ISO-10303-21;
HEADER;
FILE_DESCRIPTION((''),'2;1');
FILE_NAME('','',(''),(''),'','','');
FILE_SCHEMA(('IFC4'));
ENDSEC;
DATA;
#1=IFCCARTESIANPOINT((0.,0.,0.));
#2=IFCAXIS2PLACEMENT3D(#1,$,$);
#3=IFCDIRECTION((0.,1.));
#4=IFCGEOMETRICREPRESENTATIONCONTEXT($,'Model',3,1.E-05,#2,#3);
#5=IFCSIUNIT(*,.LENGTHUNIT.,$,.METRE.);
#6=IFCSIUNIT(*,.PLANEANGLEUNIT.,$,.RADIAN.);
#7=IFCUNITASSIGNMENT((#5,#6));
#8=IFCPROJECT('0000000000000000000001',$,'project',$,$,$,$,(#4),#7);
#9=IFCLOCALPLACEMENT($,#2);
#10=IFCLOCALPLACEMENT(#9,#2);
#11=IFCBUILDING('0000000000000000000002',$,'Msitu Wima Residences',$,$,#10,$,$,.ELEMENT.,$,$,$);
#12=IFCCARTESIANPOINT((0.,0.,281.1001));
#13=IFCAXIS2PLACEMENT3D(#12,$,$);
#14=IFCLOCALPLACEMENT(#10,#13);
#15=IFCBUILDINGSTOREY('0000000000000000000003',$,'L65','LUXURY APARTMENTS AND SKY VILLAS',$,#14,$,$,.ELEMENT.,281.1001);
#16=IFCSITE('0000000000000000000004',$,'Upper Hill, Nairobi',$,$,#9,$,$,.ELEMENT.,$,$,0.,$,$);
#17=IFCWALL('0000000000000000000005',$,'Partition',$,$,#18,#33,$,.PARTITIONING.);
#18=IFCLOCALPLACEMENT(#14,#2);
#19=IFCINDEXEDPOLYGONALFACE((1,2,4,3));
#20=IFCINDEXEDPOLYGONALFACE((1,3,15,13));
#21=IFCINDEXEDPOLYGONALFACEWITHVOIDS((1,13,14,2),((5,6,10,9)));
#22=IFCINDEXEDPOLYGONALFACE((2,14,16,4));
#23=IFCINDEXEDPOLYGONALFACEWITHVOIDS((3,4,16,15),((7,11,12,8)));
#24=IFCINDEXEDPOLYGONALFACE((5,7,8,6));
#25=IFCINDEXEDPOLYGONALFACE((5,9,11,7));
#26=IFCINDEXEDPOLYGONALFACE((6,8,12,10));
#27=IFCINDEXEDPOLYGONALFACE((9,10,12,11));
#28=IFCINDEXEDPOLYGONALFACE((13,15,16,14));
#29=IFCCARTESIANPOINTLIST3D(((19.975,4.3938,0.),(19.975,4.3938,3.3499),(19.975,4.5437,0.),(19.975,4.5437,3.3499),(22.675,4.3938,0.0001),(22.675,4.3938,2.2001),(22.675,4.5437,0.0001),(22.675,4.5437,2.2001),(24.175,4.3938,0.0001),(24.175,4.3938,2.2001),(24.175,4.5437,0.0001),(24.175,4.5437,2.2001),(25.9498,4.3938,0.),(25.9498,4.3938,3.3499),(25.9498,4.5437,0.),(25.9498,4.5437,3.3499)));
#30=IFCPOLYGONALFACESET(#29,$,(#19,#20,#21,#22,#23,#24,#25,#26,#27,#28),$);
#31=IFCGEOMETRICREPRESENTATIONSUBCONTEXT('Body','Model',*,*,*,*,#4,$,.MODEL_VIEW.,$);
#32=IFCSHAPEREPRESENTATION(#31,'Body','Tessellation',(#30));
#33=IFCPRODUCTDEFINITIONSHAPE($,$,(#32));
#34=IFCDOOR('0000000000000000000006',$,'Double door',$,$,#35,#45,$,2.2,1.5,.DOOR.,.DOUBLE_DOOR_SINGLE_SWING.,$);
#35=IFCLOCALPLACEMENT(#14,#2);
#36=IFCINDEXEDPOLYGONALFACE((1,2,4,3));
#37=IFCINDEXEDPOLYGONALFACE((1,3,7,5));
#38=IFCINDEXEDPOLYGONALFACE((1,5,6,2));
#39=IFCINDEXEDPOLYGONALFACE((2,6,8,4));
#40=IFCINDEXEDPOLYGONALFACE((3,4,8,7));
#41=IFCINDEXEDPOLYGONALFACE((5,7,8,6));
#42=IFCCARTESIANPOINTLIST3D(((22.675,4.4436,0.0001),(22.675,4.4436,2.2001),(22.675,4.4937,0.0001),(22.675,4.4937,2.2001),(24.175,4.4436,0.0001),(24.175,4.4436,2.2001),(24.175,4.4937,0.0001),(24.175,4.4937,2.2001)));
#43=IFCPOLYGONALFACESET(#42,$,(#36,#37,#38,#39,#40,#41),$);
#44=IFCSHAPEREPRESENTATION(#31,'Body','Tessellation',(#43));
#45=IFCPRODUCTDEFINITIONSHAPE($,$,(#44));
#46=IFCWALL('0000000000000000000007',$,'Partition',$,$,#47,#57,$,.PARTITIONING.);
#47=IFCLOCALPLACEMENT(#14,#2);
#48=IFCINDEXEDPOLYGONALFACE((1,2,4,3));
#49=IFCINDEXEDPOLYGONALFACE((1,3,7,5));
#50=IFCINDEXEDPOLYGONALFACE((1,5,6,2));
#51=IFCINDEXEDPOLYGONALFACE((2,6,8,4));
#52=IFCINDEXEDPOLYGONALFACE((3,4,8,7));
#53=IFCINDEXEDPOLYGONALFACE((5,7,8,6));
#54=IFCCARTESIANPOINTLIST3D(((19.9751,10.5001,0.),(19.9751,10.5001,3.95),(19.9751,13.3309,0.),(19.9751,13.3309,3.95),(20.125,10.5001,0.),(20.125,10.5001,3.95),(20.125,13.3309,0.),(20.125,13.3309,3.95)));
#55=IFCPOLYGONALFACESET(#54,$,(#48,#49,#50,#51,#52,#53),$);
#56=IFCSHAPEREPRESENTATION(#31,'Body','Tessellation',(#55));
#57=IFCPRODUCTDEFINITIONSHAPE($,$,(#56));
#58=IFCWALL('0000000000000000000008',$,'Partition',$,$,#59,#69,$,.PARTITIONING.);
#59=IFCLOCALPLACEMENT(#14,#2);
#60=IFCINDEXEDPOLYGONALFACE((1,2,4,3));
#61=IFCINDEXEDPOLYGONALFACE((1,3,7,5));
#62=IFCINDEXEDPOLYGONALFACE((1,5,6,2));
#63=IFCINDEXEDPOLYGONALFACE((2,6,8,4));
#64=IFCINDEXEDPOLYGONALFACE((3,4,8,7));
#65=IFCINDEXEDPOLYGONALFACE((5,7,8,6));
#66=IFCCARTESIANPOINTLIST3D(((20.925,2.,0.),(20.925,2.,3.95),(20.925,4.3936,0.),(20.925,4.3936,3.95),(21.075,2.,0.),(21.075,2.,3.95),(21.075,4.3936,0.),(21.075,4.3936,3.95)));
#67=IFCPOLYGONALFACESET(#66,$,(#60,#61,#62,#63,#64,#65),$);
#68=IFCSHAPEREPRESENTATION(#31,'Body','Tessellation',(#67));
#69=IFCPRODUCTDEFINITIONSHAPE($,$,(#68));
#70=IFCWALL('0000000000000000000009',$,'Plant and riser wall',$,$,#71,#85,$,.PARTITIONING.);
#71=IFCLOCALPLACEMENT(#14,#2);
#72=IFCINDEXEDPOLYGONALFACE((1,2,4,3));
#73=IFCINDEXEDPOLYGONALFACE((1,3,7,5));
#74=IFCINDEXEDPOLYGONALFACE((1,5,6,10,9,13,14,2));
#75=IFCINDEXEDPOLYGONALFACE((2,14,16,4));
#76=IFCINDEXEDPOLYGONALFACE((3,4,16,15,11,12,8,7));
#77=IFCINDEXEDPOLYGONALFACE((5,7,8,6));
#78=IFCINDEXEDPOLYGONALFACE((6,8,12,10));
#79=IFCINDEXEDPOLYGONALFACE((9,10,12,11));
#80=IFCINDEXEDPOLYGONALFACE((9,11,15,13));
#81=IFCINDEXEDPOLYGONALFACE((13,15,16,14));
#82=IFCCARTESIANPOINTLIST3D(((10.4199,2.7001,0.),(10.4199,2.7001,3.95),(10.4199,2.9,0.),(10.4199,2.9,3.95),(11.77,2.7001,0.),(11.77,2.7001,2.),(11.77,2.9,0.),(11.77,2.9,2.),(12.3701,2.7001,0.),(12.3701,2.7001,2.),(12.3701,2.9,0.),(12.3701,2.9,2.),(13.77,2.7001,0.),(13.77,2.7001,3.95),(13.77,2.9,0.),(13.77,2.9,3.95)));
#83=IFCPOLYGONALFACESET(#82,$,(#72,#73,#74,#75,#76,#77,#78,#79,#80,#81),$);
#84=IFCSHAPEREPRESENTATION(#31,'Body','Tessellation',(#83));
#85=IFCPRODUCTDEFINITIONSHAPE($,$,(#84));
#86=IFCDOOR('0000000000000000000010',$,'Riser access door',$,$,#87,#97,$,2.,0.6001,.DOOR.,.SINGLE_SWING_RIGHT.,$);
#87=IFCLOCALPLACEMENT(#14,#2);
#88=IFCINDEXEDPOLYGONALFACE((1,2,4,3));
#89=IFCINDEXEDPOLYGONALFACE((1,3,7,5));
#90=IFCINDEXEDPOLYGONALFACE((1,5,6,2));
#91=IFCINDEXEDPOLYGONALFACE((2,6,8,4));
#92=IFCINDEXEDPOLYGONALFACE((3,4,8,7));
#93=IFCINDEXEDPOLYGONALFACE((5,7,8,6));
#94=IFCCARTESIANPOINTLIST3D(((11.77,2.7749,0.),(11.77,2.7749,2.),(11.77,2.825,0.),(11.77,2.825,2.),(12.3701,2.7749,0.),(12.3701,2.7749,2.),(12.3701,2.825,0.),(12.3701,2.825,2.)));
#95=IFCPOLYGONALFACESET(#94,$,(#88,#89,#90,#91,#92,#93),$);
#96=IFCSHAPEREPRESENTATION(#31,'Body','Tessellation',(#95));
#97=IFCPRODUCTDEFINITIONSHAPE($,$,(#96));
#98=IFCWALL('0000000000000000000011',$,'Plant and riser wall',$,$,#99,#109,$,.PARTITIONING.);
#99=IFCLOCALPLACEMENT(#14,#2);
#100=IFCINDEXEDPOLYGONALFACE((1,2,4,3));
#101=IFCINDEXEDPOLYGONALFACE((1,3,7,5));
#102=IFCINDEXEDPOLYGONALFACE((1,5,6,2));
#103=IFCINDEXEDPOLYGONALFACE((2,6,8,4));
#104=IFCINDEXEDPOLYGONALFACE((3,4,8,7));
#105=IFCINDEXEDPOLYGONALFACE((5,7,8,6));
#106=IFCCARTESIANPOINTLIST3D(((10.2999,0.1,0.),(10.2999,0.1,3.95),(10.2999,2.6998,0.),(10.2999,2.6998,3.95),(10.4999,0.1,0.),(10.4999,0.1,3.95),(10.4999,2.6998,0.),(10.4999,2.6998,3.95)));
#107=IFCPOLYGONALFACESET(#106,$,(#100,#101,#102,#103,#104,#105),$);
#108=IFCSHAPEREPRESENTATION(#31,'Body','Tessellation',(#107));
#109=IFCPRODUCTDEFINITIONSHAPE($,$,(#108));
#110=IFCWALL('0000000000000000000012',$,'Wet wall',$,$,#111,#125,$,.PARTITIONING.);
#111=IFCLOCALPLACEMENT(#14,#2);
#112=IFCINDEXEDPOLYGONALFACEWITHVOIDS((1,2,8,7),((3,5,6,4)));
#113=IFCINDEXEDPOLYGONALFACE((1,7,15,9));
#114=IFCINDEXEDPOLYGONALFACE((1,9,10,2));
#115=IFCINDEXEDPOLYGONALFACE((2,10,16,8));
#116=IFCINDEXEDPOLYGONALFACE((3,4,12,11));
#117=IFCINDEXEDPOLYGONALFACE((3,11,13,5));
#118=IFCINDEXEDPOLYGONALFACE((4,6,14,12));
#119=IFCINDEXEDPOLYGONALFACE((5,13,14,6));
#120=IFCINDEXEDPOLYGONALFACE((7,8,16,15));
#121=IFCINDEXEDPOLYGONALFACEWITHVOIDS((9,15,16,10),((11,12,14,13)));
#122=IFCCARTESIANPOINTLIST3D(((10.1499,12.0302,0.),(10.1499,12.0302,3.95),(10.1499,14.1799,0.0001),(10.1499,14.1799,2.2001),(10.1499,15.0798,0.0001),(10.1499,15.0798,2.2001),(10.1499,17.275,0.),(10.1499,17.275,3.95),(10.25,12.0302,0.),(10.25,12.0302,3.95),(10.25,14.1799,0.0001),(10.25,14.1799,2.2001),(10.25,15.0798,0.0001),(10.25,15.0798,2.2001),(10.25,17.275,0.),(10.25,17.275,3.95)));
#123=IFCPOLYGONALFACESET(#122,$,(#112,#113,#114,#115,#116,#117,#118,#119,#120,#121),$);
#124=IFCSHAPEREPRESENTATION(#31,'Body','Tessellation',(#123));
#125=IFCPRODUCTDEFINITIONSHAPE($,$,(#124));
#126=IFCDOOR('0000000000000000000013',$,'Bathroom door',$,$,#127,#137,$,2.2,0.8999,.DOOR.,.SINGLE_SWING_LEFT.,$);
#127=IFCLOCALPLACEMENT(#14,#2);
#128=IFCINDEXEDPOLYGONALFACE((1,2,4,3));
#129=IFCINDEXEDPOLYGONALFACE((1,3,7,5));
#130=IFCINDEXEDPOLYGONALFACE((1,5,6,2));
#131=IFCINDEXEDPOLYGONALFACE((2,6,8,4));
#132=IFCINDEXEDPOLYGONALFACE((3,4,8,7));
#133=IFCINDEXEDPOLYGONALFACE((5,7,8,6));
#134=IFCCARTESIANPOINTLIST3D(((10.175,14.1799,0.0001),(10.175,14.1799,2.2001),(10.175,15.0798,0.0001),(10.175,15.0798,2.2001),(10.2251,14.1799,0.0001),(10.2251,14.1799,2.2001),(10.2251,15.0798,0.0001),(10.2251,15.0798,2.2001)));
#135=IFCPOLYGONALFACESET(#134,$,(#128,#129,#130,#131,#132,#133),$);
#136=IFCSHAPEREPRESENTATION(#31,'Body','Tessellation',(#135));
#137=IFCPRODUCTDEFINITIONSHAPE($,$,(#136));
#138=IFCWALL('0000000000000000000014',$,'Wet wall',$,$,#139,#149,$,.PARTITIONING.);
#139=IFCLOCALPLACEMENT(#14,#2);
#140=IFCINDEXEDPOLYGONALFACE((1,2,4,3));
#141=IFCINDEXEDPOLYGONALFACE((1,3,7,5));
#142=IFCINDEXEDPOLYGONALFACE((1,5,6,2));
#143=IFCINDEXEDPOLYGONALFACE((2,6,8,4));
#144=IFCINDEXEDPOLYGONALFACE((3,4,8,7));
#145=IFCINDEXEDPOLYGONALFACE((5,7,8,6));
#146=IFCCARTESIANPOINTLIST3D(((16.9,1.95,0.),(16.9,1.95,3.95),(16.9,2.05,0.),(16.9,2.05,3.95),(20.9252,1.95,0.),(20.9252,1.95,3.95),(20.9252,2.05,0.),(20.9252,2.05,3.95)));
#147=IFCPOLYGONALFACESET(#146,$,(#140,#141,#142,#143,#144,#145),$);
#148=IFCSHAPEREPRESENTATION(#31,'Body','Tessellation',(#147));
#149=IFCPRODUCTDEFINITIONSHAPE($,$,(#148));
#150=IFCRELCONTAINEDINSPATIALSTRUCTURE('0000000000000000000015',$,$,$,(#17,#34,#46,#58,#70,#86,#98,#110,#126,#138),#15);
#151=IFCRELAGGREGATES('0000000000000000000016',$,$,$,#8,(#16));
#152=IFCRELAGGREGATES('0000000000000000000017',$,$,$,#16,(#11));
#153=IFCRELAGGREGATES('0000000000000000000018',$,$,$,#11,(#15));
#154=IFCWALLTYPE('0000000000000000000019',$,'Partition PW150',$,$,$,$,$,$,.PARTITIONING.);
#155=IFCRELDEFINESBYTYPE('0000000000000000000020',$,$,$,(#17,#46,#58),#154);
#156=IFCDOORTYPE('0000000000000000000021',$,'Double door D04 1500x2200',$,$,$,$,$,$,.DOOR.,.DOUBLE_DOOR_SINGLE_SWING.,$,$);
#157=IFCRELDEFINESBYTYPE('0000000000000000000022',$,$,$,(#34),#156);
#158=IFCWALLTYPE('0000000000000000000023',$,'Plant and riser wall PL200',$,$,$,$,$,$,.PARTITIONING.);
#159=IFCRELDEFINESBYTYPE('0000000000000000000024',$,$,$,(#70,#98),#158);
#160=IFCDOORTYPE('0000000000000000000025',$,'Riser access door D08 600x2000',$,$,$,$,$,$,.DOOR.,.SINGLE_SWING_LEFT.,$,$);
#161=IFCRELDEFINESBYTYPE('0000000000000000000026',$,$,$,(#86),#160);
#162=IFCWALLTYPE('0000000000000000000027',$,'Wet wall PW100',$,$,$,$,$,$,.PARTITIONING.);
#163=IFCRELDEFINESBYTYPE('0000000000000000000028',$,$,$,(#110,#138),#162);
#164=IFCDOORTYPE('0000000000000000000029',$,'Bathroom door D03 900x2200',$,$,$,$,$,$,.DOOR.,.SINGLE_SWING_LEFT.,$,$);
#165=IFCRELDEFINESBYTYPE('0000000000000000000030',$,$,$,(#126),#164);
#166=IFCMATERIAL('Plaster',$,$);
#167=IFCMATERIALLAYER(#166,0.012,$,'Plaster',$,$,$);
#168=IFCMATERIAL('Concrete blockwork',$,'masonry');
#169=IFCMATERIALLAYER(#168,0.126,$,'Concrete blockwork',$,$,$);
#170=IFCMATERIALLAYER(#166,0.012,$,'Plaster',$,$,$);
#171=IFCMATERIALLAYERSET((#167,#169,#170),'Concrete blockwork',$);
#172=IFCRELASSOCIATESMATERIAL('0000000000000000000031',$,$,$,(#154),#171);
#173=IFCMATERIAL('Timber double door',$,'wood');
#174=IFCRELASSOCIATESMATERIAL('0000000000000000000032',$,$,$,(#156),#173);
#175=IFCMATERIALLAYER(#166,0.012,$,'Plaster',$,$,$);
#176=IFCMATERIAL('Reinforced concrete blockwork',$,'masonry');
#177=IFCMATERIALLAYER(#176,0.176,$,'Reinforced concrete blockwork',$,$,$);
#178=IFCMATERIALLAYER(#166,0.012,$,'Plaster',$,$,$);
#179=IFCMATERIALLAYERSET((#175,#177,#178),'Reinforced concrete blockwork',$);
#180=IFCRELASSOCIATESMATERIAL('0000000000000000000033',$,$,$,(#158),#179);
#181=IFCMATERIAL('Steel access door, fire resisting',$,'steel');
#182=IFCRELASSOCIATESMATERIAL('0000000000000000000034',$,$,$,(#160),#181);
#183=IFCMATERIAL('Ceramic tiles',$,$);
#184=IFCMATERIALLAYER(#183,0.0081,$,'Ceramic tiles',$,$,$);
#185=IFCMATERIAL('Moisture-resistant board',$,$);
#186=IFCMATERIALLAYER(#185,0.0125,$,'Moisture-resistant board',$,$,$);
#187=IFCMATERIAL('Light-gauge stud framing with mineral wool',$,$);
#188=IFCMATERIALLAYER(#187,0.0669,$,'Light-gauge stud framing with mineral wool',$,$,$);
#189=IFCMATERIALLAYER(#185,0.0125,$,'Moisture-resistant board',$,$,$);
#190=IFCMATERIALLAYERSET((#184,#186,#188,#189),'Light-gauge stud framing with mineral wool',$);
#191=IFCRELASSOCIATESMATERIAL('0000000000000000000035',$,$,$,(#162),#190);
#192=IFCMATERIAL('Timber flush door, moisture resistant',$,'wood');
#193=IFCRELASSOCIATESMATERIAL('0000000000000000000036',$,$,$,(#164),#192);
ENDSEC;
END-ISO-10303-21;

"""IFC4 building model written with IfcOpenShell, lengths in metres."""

from ifc_helpers import new_model, si_unit, direction, frame, frame_2d, origin, place, context, subcontext, project, spatial, rectangle, extrude, material, layer, layer_set, type_object, element, fill, save


model = new_model("IFC4")

# Units and contexts
model_context = context("Model", 3, precision=1e-05, world=origin(), true_north=direction((0.0, 1.0)))
body_context = subcontext(model_context, "Body", "Model", "MODEL_VIEW")
ifc_project = project(units=[si_unit("LENGTHUNIT", "METRE"), si_unit("PLANEANGLEUNIT", "RADIAN")], contexts=[model_context])

# Site, building, storey
site_placement = place(None, origin())
site = spatial("IfcSite", under=ifc_project, at=site_placement, Name="Upper Hill, Nairobi", CompositionType="ELEMENT", RefElevation=0.0)
building_placement = place(site_placement, origin())
building = spatial("IfcBuilding", under=site, at=building_placement, Name="Msitu Wima Residences", CompositionType="ELEMENT")
storey_placement = place(building_placement, frame((0.0, 0.0, 281.1001)))
storey = spatial("IfcBuildingStorey", under=building, at=storey_placement, Name="L65", Description="LUXURY APARTMENTS AND SKY VILLAS", CompositionType="ELEMENT", Elevation=281.1001)

# Wall, opening, door
ifc_material_1 = material(Name="Plaster")
ifc_layer_1 = layer(ifc_material_1, 0.012, Name="Plaster")
ifc_material_2 = material(Name="Concrete blockwork", Category="masonry")
ifc_layer_2 = layer(ifc_material_2, 0.126, Name="Concrete blockwork")
ifc_layer_3 = layer(ifc_material_1, 0.012, Name="Plaster")
ifc_layer_set_1 = layer_set([ifc_layer_1, ifc_layer_2, ifc_layer_3], Name="Concrete blockwork")
wall_type_1 = type_object("IfcWallType", Name="Partition PW150", PredefinedType="PARTITIONING", material=ifc_layer_set_1)
wall_1_placement = place(storey_placement, frame((19.9751, 4.4688, 0.0), z_axis=(0.0, 0.0, 1.0), x_axis=(1.0, 0.0, 0.0)))
wall_1 = element("IfcWall", 1, at=wall_1_placement, inside=storey, type_object=wall_type_1, Name="Partition", PredefinedType="PARTITIONING", context=body_context, shape_type="SweptSolid", body=[
    extrude(rectangle(XDim=5.9749, YDim=0.1499, at=frame_2d((2.9873, 0.0))), origin(), (0.0, 0.0, 1.0), 3.3499),
])
opening_1_placement = place(wall_1_placement, frame((2.7, 0.0, 0.0)))
opening_1 = element("IfcOpeningElement", 2, at=opening_1_placement, cuts=wall_1, PredefinedType="OPENING", context=body_context, shape_type="SweptSolid", body=[
    extrude(rectangle(XDim=1.5, YDim=2.2, at=frame_2d((0.75, 1.1001))), frame((0.0, 0.085, 0.0), z_axis=(0.0, -1.0, 0.0), x_axis=(1.0, 0.0, 0.0)), (0.0, 0.0, 1.0), 0.1699),
])
ifc_material_3 = material(Name="Timber double door", Category="wood")
door_type_1 = type_object("IfcDoorType", Name="Double door D04 1500x2200", OperationType="DOUBLE_DOOR_SINGLE_SWING", PredefinedType="DOOR", material=ifc_material_3)
door_1_placement = place(opening_1_placement, origin())
door_1 = element("IfcDoor", 3, at=door_1_placement, inside=storey, type_object=door_type_1, Name="Double door", OperationType="DOUBLE_DOOR_SINGLE_SWING", OverallHeight=2.2, OverallWidth=1.5, PredefinedType="DOOR", context=body_context, shape_type="SweptSolid", body=[
    extrude(rectangle(XDim=1.5, YDim=2.2, at=frame_2d((0.75, 1.1001))), frame((0.0, 0.0249, 0.0), z_axis=(0.0, -1.0, 0.0), x_axis=(1.0, 0.0, 0.0)), (0.0, 0.0, 1.0), 0.05),
])
fill(opening_1, door_1)

# Walls
wall_2_placement = place(storey_placement, frame((20.05, 10.5, 0.0), z_axis=(0.0, 0.0, 1.0), x_axis=(0.0, 1.0, 0.0)))
element("IfcWall", 4, at=wall_2_placement, inside=storey, type_object=wall_type_1, Name="Partition", PredefinedType="PARTITIONING", context=body_context, shape_type="SweptSolid", body=[
    extrude(rectangle(XDim=2.8308, YDim=0.1499, at=frame_2d((1.4155, 0.0))), origin(), (0.0, 0.0, 1.0), 3.95),
])
wall_3_placement = place(storey_placement, frame((21.0, 2.0, 0.0), z_axis=(0.0, 0.0, 1.0), x_axis=(0.0, 1.0, 0.0)))
element("IfcWall", 5, at=wall_3_placement, inside=storey, type_object=wall_type_1, Name="Partition", PredefinedType="PARTITIONING", context=body_context, shape_type="SweptSolid", body=[
    extrude(rectangle(XDim=2.3936, YDim=0.1499, at=frame_2d((1.1968, 0.0))), origin(), (0.0, 0.0, 1.0), 3.95),
])

# Wall, opening, door
ifc_layer_4 = layer(ifc_material_1, 0.012, Name="Plaster")
ifc_material_4 = material(Name="Reinforced concrete blockwork", Category="masonry")
ifc_layer_5 = layer(ifc_material_4, 0.176, Name="Reinforced concrete blockwork")
ifc_layer_6 = layer(ifc_material_1, 0.012, Name="Plaster")
ifc_layer_set_2 = layer_set([ifc_layer_4, ifc_layer_5, ifc_layer_6], Name="Reinforced concrete blockwork")
wall_type_2 = type_object("IfcWallType", Name="Plant and riser wall PL200", PredefinedType="PARTITIONING", material=ifc_layer_set_2)
wall_4_placement = place(storey_placement, frame((10.4199, 2.8, 0.0), z_axis=(0.0, 0.0, 1.0), x_axis=(1.0, 0.0, 0.0)))
wall_4 = element("IfcWall", 6, at=wall_4_placement, inside=storey, type_object=wall_type_2, Name="Plant and riser wall", PredefinedType="PARTITIONING", context=body_context, shape_type="SweptSolid", body=[
    extrude(rectangle(XDim=3.3501, YDim=0.2, at=frame_2d((1.675, 0.0))), origin(), (0.0, 0.0, 1.0), 3.95),
])
opening_2_placement = place(wall_4_placement, frame((1.3501, 0.0, 0.0)))
opening_2 = element("IfcOpeningElement", 7, at=opening_2_placement, cuts=wall_4, PredefinedType="OPENING", context=body_context, shape_type="SweptSolid", body=[
    extrude(rectangle(XDim=0.6001, YDim=2.0, at=frame_2d((0.3, 1.0))), frame((0.0, 0.1099, 0.0), z_axis=(0.0, -1.0, 0.0), x_axis=(1.0, 0.0, 0.0)), (0.0, 0.0, 1.0), 0.22),
])
ifc_material_5 = material(Name="Steel access door, fire resisting", Category="steel")
door_type_2 = type_object("IfcDoorType", Name="Riser access door D08 600x2000", OperationType="SINGLE_SWING_LEFT", PredefinedType="DOOR", material=ifc_material_5)
door_2_placement = place(opening_2_placement, origin())
door_2 = element("IfcDoor", 8, at=door_2_placement, inside=storey, type_object=door_type_2, Name="Riser access door", OperationType="SINGLE_SWING_RIGHT", OverallHeight=2.0, OverallWidth=0.6001, PredefinedType="DOOR", context=body_context, shape_type="SweptSolid", body=[
    extrude(rectangle(XDim=0.6001, YDim=2.0, at=frame_2d((0.3, 1.0))), frame((0.0, 0.0249, 0.0), z_axis=(0.0, -1.0, 0.0), x_axis=(1.0, 0.0, 0.0)), (0.0, 0.0, 1.0), 0.05),
])
fill(opening_2, door_2)

# Wall
wall_5_placement = place(storey_placement, frame((10.3999, 0.1001, 0.0), z_axis=(0.0, 0.0, 1.0), x_axis=(0.0, 1.0, 0.0)))
element("IfcWall", 9, at=wall_5_placement, inside=storey, type_object=wall_type_2, Name="Plant and riser wall", PredefinedType="PARTITIONING", context=body_context, shape_type="SweptSolid", body=[
    extrude(rectangle(XDim=2.5999, YDim=0.2, at=frame_2d((1.2998, 0.0))), origin(), (0.0, 0.0, 1.0), 3.95),
])

# Wall, opening, door
ifc_material_6 = material(Name="Ceramic tiles")
ifc_layer_7 = layer(ifc_material_6, 0.0081, Name="Ceramic tiles")
ifc_material_7 = material(Name="Moisture-resistant board")
ifc_layer_8 = layer(ifc_material_7, 0.0125, Name="Moisture-resistant board")
ifc_material_8 = material(Name="Light-gauge stud framing with mineral wool")
ifc_layer_9 = layer(ifc_material_8, 0.0669, Name="Light-gauge stud framing with mineral wool")
ifc_layer_10 = layer(ifc_material_7, 0.0125, Name="Moisture-resistant board")
ifc_layer_set_3 = layer_set([ifc_layer_7, ifc_layer_8, ifc_layer_9, ifc_layer_10], Name="Light-gauge stud framing with mineral wool")
wall_type_3 = type_object("IfcWallType", Name="Wet wall PW100", PredefinedType="PARTITIONING", material=ifc_layer_set_3)
wall_6_placement = place(storey_placement, frame((10.2, 12.03, 0.0), z_axis=(0.0, 0.0, 1.0), x_axis=(0.0, 1.0, 0.0)))
wall_6 = element("IfcWall", 10, at=wall_6_placement, inside=storey, type_object=wall_type_3, Name="Wet wall", PredefinedType="PARTITIONING", context=body_context, shape_type="SweptSolid", body=[
    extrude(rectangle(XDim=5.2449, YDim=0.1001, at=frame_2d((2.6226, 0.0))), origin(), (0.0, 0.0, 1.0), 3.95),
])
opening_3_placement = place(wall_6_placement, frame((2.1499, 0.0, 0.0)))
opening_3 = element("IfcOpeningElement", 11, at=opening_3_placement, cuts=wall_6, PredefinedType="OPENING", context=body_context, shape_type="SweptSolid", body=[
    extrude(rectangle(XDim=0.8999, YDim=2.2, at=frame_2d((0.45, 1.1001))), frame((0.0, 0.0601, 0.0), z_axis=(0.0, -1.0, 0.0), x_axis=(1.0, 0.0, 0.0)), (0.0, 0.0, 1.0), 0.1201),
])
ifc_material_9 = material(Name="Timber flush door, moisture resistant", Category="wood")
door_type_3 = type_object("IfcDoorType", Name="Bathroom door D03 900x2200", OperationType="SINGLE_SWING_LEFT", PredefinedType="DOOR", material=ifc_material_9)
door_3_placement = place(opening_3_placement, origin())
door_3 = element("IfcDoor", 12, at=door_3_placement, inside=storey, type_object=door_type_3, Name="Bathroom door", OperationType="SINGLE_SWING_LEFT", OverallHeight=2.2, OverallWidth=0.8999, PredefinedType="DOOR", context=body_context, shape_type="SweptSolid", body=[
    extrude(rectangle(XDim=0.8999, YDim=2.2, at=frame_2d((0.45, 1.1001))), frame((0.0, 0.0249, 0.0), z_axis=(0.0, -1.0, 0.0), x_axis=(1.0, 0.0, 0.0)), (0.0, 0.0, 1.0), 0.05),
])
fill(opening_3, door_3)

# Wall
wall_7_placement = place(storey_placement, frame((16.8999, 2.0, 0.0), z_axis=(0.0, 0.0, 1.0), x_axis=(1.0, 0.0, 0.0)))
element("IfcWall", 13, at=wall_7_placement, inside=storey, type_object=wall_type_3, Name="Wet wall", PredefinedType="PARTITIONING", context=body_context, shape_type="SweptSolid", body=[
    extrude(rectangle(XDim=4.0251, YDim=0.1001, at=frame_2d((2.0127, 0.0))), origin(), (0.0, 0.0, 1.0), 3.95),
])

save(model, "model.ifc")
